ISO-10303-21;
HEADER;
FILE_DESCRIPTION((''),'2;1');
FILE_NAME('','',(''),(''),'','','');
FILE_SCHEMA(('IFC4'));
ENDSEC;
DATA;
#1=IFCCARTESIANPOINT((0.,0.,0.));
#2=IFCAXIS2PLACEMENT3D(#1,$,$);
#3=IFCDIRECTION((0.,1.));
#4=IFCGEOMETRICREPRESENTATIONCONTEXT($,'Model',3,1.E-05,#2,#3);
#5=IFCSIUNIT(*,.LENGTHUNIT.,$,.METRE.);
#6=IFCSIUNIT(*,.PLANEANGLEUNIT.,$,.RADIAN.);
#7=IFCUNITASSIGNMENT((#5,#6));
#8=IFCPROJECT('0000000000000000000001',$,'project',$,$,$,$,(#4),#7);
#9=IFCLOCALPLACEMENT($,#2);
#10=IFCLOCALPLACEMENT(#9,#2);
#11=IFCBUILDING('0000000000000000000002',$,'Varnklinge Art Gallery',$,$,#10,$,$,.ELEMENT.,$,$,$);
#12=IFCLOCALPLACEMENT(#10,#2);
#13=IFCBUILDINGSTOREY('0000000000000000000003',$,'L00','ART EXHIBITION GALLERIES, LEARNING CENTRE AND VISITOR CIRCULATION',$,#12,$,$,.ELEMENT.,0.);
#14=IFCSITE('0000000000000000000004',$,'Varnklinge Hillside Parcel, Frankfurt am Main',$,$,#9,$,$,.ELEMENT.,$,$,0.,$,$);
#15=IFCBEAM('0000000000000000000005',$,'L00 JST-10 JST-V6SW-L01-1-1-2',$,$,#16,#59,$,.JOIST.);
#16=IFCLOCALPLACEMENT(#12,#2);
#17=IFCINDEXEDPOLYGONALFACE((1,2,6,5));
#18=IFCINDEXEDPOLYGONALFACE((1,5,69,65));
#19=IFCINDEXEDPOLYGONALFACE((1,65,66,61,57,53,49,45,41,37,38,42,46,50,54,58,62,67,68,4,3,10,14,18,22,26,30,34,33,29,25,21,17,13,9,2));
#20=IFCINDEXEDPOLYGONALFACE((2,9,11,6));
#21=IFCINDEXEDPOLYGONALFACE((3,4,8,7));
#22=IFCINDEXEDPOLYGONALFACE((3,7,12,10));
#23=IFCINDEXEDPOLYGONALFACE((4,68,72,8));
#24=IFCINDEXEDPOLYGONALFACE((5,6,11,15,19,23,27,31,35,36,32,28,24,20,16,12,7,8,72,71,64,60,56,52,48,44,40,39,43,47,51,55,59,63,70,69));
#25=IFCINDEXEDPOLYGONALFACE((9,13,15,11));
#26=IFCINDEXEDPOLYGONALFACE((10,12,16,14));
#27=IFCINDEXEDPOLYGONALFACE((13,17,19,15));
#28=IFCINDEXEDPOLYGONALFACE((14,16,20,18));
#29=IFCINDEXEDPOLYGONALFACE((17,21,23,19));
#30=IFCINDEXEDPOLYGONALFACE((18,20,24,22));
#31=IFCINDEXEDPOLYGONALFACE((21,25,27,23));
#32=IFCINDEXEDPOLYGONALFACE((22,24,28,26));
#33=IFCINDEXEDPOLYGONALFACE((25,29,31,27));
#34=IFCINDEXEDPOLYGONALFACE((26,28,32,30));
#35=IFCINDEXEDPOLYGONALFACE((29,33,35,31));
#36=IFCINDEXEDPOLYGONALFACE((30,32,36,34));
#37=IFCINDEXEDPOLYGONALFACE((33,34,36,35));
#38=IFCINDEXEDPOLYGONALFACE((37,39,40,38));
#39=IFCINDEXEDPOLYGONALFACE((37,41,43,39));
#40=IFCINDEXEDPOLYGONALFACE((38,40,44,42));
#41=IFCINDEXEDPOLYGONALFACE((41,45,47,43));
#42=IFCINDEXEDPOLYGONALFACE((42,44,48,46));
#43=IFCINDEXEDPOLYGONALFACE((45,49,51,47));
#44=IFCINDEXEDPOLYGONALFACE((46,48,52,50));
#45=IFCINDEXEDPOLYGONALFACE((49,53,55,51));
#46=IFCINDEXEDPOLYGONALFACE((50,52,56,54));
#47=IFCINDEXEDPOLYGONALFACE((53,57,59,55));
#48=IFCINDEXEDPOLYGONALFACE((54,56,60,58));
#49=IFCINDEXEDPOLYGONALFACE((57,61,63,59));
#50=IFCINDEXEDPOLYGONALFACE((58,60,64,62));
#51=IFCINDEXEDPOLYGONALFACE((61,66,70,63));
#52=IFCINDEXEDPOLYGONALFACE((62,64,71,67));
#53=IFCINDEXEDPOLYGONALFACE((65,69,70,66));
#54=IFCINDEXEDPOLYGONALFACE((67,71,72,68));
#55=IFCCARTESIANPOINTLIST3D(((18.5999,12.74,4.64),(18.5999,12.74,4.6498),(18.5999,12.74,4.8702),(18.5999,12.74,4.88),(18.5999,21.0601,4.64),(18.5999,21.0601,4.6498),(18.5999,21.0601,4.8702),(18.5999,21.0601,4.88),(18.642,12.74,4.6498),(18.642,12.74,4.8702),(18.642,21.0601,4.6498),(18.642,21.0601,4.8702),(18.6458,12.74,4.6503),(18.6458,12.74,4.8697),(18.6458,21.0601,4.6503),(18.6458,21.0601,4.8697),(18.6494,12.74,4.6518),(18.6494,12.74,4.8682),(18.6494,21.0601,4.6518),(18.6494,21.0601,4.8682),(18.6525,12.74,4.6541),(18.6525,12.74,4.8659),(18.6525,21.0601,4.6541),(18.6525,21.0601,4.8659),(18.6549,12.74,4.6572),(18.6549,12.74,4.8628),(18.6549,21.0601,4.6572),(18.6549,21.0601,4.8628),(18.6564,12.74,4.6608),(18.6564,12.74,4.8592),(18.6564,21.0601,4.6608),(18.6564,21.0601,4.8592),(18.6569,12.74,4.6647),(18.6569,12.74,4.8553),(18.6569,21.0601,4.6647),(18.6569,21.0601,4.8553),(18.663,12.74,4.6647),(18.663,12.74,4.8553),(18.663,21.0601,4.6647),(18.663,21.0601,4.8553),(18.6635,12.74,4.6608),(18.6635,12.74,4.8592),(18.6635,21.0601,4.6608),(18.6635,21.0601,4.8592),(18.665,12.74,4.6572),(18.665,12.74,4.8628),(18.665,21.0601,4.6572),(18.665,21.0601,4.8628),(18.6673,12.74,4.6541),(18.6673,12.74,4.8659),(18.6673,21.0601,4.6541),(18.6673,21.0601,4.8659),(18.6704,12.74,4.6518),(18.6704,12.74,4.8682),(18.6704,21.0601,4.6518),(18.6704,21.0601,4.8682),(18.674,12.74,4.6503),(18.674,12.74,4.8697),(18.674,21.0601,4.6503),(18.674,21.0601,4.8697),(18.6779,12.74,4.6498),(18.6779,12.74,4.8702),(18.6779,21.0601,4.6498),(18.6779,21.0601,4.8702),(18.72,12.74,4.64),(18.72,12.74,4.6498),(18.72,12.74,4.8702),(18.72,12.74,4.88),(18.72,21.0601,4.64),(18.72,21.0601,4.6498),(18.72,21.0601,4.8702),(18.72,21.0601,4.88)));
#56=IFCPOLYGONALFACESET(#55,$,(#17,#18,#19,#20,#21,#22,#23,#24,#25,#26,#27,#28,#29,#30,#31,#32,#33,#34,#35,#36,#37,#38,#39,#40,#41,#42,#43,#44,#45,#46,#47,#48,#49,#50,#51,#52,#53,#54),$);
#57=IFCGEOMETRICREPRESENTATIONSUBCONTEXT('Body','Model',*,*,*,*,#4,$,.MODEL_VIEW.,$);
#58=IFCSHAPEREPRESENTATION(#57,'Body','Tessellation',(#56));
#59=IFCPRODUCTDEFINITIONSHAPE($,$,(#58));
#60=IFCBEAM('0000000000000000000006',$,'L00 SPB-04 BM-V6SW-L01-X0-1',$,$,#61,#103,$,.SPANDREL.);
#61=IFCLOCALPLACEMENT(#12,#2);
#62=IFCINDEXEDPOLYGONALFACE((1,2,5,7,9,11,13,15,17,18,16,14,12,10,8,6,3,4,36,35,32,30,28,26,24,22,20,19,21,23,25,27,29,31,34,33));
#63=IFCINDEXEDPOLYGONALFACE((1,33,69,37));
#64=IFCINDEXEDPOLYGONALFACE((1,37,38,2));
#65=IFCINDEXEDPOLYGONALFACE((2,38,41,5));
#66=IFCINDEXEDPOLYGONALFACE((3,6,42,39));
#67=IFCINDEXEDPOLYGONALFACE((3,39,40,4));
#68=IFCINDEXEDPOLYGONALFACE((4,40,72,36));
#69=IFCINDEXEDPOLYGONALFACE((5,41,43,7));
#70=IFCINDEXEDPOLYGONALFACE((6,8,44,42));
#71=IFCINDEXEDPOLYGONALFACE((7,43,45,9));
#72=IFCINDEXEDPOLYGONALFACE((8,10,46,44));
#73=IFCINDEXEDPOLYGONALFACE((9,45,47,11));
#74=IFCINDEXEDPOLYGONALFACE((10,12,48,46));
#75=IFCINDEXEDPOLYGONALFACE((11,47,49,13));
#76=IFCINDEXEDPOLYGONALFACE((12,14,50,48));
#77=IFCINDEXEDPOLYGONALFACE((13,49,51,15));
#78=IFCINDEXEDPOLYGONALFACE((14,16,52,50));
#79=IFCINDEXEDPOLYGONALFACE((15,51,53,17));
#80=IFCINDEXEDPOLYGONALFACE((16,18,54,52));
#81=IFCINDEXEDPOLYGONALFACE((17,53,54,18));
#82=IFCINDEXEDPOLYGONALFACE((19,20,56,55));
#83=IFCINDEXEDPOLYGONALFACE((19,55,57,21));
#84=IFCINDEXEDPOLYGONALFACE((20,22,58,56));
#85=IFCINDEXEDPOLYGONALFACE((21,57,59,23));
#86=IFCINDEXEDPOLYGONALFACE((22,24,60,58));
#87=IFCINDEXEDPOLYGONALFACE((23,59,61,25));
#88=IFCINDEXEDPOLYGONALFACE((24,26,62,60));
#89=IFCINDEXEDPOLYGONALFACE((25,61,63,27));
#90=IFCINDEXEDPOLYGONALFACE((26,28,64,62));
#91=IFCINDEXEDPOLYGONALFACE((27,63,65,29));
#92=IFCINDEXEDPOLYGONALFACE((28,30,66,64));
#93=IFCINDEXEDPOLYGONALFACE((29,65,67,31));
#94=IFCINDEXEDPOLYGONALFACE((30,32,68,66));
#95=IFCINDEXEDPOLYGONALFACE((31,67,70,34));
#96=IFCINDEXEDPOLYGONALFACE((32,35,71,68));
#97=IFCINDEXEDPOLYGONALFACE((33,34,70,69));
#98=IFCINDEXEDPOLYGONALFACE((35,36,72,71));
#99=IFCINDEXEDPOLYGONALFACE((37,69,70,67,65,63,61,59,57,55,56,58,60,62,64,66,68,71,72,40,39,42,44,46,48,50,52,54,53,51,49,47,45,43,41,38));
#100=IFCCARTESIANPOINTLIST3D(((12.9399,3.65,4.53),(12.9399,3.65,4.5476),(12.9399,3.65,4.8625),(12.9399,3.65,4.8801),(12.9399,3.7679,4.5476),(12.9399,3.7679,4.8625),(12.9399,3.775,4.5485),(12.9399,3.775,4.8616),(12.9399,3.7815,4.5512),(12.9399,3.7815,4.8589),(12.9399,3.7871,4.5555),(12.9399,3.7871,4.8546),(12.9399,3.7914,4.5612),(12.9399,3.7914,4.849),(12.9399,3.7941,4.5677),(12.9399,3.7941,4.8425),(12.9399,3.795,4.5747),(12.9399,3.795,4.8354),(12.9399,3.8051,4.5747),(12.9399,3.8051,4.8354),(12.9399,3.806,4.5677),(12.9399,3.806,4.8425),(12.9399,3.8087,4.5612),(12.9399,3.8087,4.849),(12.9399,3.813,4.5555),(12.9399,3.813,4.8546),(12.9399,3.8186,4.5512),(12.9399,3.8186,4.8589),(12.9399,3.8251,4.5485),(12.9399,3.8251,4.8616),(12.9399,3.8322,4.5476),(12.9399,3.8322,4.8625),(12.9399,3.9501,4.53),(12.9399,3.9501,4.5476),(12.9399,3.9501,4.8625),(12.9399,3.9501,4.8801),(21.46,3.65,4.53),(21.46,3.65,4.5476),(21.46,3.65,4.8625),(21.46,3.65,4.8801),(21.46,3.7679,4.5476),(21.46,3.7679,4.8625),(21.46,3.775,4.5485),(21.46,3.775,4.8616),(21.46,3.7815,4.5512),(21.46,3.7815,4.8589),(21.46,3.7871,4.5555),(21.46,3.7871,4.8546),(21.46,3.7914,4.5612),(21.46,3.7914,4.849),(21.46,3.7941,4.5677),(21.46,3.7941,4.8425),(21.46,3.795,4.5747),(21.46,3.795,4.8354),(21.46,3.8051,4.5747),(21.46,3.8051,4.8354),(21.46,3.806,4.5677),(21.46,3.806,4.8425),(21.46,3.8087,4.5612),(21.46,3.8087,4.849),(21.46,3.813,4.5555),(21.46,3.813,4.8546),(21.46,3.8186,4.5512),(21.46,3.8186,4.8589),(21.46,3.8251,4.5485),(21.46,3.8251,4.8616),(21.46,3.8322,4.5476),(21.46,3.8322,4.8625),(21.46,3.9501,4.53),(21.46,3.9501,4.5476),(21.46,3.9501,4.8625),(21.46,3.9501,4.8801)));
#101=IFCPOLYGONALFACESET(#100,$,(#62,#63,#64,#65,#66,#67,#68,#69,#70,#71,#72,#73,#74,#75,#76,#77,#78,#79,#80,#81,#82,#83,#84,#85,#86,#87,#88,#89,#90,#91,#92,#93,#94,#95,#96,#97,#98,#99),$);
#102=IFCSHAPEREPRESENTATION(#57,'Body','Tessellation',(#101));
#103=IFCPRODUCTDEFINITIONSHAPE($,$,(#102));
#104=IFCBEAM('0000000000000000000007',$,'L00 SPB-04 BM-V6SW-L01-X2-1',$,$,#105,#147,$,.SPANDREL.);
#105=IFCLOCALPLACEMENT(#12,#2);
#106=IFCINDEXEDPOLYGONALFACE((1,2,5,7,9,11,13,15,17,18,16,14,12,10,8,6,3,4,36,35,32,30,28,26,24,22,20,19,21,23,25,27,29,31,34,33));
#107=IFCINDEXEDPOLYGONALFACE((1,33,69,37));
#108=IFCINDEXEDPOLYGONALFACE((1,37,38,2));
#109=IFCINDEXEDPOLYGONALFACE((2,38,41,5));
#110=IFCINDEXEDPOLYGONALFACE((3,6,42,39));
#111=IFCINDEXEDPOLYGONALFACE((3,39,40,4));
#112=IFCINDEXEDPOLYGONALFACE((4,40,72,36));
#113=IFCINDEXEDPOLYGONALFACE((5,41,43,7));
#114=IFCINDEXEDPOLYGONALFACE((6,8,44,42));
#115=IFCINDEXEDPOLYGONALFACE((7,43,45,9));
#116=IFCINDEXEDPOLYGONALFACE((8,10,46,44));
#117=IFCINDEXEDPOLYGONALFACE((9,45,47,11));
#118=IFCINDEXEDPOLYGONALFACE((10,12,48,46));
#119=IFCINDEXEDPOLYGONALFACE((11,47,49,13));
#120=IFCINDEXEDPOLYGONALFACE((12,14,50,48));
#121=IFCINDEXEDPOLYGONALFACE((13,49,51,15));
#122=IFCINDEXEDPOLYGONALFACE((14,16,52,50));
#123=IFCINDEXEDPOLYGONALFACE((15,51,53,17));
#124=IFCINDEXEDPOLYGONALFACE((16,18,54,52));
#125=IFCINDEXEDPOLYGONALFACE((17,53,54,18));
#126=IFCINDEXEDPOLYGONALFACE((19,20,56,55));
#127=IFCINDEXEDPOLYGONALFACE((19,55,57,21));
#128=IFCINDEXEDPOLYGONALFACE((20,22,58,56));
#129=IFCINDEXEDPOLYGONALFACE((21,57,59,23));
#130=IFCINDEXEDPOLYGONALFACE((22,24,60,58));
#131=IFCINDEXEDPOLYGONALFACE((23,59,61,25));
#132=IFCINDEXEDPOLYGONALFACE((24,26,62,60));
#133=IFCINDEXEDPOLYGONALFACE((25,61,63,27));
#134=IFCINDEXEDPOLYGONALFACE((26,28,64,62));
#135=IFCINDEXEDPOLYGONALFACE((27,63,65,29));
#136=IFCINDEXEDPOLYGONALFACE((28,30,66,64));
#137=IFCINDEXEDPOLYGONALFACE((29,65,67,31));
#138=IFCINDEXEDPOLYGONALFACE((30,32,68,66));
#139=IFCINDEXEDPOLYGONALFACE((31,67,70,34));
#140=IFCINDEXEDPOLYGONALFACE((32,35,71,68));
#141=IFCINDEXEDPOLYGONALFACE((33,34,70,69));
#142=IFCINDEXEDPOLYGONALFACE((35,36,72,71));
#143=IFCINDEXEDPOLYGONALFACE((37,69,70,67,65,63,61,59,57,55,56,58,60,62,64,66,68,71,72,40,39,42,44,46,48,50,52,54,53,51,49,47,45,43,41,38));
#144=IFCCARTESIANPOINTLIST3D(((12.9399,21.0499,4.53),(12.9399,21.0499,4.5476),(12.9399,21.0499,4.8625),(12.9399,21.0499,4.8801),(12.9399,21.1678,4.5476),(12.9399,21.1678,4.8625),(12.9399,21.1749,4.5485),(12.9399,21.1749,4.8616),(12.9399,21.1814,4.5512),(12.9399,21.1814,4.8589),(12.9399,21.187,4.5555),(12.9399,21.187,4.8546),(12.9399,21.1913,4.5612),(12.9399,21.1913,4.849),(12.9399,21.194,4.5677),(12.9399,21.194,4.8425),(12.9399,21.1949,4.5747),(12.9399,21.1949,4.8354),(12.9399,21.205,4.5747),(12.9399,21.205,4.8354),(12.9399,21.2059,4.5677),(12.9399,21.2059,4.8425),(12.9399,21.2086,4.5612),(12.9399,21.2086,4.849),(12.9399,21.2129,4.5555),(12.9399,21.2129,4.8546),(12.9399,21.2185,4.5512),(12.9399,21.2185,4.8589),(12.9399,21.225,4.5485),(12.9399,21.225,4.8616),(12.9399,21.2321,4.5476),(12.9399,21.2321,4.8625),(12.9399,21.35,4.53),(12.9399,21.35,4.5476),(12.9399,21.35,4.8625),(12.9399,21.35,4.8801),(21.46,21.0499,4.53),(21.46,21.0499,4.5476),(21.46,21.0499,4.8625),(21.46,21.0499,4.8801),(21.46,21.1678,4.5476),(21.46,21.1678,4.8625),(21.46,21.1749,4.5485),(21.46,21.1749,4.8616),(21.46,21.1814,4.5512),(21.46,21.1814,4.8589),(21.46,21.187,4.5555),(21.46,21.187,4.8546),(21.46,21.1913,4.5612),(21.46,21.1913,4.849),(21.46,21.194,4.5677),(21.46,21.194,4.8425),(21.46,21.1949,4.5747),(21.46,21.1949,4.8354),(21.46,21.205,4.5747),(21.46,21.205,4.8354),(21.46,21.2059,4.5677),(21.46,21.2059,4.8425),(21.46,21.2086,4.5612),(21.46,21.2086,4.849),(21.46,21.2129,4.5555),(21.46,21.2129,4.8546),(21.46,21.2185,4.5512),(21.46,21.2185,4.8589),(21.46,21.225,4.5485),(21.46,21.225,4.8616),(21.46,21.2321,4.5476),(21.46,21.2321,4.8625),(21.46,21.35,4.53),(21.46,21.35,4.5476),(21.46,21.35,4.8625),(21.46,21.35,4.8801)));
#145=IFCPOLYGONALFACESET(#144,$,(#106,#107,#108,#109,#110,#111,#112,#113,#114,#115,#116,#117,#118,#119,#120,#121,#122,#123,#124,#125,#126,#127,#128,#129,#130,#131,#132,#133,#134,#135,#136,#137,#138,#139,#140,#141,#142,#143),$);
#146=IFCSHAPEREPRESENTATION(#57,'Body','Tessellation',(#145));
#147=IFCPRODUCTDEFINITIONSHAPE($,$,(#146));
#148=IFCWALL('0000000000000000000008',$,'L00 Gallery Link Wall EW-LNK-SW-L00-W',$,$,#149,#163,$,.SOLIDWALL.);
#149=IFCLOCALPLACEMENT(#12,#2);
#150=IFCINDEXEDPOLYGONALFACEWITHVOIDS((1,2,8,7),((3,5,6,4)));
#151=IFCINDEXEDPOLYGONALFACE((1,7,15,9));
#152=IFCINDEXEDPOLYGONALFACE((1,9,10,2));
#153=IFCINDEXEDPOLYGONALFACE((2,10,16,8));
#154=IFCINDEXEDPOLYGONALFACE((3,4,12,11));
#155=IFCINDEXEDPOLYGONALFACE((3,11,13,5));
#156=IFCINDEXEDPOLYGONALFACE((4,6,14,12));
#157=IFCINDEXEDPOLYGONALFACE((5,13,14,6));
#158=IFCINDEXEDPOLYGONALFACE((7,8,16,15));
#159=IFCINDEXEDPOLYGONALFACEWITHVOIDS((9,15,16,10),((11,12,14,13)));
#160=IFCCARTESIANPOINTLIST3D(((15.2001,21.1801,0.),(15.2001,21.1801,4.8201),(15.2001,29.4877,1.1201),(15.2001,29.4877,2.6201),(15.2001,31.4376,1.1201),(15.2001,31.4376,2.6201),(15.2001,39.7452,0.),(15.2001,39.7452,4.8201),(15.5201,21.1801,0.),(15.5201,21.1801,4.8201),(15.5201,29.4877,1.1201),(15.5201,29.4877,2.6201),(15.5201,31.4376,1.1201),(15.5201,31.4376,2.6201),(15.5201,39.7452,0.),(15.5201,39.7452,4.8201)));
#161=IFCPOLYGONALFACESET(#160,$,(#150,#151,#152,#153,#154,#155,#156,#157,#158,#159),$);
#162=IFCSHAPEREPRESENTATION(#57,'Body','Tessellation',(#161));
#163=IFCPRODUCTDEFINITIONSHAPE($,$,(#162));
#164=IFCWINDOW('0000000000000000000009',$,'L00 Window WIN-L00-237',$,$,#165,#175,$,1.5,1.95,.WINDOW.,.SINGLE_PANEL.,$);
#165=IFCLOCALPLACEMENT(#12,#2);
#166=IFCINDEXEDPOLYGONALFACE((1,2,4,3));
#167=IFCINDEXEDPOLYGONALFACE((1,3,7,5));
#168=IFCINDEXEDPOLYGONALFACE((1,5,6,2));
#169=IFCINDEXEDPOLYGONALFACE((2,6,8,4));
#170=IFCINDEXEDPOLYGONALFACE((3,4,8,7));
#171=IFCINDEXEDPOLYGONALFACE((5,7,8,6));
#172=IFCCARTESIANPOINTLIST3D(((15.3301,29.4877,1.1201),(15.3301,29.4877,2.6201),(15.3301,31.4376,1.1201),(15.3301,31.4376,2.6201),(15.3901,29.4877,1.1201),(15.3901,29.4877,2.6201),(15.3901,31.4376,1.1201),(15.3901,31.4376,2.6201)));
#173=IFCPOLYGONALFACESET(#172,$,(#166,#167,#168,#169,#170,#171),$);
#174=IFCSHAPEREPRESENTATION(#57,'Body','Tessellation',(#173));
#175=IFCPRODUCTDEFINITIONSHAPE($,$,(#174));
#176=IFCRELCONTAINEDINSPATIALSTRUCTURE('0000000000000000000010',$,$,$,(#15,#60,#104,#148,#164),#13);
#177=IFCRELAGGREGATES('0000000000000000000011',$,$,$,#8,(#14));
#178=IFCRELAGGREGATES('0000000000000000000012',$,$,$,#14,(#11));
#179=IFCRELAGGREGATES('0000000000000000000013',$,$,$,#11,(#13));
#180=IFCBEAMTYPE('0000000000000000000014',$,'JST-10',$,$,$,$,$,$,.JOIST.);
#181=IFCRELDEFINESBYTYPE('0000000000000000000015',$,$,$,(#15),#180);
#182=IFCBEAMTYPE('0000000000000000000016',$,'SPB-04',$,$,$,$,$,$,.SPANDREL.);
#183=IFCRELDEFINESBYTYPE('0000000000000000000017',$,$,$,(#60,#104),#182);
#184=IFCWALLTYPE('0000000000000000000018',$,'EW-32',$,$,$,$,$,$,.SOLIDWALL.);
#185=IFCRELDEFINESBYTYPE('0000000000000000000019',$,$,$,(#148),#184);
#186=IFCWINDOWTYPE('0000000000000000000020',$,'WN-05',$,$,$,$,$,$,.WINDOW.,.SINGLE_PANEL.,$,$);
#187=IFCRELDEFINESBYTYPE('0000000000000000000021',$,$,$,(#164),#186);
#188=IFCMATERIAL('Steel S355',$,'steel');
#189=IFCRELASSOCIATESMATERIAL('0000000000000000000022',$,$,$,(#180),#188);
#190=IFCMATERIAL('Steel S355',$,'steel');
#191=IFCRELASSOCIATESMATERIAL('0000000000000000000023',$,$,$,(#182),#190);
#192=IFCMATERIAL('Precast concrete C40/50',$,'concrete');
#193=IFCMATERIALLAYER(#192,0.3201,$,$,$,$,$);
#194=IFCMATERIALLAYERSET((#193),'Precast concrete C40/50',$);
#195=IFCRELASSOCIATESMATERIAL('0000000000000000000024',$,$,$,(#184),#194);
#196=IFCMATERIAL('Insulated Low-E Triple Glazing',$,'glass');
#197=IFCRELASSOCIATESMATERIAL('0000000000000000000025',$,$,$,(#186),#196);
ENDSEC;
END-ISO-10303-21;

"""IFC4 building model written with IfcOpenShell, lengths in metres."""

from ifc_helpers import new_model, si_unit, direction, frame, frame_2d, origin, origin_2d, place, context, subcontext, project, spatial, rectangle, i_section, extrude, material, layer, layer_set, material_profile, profile_set, type_object, element, fill, save


model = new_model("IFC4")

# Units and contexts
model_context = context("Model", 3, precision=1e-05, world=origin(), true_north=direction((0.0, 1.0)))
body_context = subcontext(model_context, "Body", "Model", "MODEL_VIEW")
ifc_project = project(units=[si_unit("LENGTHUNIT", "METRE"), si_unit("PLANEANGLEUNIT", "RADIAN")], contexts=[model_context])

# Site, building, storey
site_placement = place(None, origin())
site = spatial("IfcSite", under=ifc_project, at=site_placement, Name="Varnklinge Hillside Parcel, Frankfurt am Main", CompositionType="ELEMENT", RefElevation=0.0)
building_placement = place(site_placement, origin())
building = spatial("IfcBuilding", under=site, at=building_placement, Name="Varnklinge Art Gallery", CompositionType="ELEMENT")
storey_placement = place(building_placement, origin())
storey = spatial("IfcBuildingStorey", under=building, at=storey_placement, Name="L00", Description="ART EXHIBITION GALLERIES, LEARNING CENTRE AND VISITOR CIRCULATION", CompositionType="ELEMENT", Elevation=0.0)

# Beams
ifc_material_1 = material(Name="Steel S355", Category="steel")
ifc_material_profile_1 = material_profile(ifc_material_1, i_section(OverallWidth=0.1201, OverallDepth=0.24, WebThickness=0.0061, FlangeThickness=0.0098, FilletRadius=0.0149, at=origin_2d()), Name="IPE 240")
ifc_profile_set_1 = profile_set([ifc_material_profile_1], Name="Steel S355")
beam_type_1 = type_object("IfcBeamType", Name="JST-10", PredefinedType="JOIST", material=ifc_profile_set_1)
for number, where, z_axis, x_axis, name in (
    (1, (18.6599, 12.74, 4.76), (0.0, 1.0, 0.0), (-1.0, 0.0, 0.0), "L00 JST-10 JST-V6SW-L01-1-1-2"),
):
    element("IfcBeam", number, at=place(storey_placement, frame(where, z_axis=z_axis, x_axis=x_axis)), inside=storey, type_object=beam_type_1, Name=name, PredefinedType="JOIST", context=body_context, shape_type="SweptSolid", body=[
        extrude(i_section(OverallWidth=0.1201, OverallDepth=0.24, WebThickness=0.0061, FlangeThickness=0.0098, FilletRadius=0.0149, at=origin_2d()), origin(), (0.0, 0.0, 1.0), 8.3201),
    ])
ifc_material_2 = material(Name="Steel S355", Category="steel")
ifc_material_profile_2 = material_profile(ifc_material_2, i_section(OverallWidth=0.3, OverallDepth=0.3501, WebThickness=0.01, FlangeThickness=0.0176, FilletRadius=0.0271, at=origin_2d()), Name="HEA 360")
ifc_profile_set_2 = profile_set([ifc_material_profile_2], Name="Steel S355")
beam_type_2 = type_object("IfcBeamType", Name="SPB-04", PredefinedType="SPANDREL", material=ifc_profile_set_2)
for number, where, z_axis, x_axis, name in (
    (2, (12.9399, 3.8, 4.7051), (1.0, 0.0, 0.0), (0.0, 1.0, 0.0), "L00 SPB-04 BM-V6SW-L01-X0-1"),
    (3, (12.9399, 21.2, 4.7051), (1.0, 0.0, 0.0), (0.0, 1.0, 0.0), "L00 SPB-04 BM-V6SW-L01-X2-1"),
):
    element("IfcBeam", number, at=place(storey_placement, frame(where, z_axis=z_axis, x_axis=x_axis)), inside=storey, type_object=beam_type_2, Name=name, PredefinedType="SPANDREL", context=body_context, shape_type="SweptSolid", body=[
        extrude(i_section(OverallWidth=0.3, OverallDepth=0.3501, WebThickness=0.01, FlangeThickness=0.0176, FilletRadius=0.0271, at=origin_2d()), origin(), (0.0, 0.0, 1.0), 8.52),
    ])

# Wall, opening, window
ifc_material_3 = material(Name="Precast concrete C40/50", Category="concrete")
ifc_layer_1 = layer(ifc_material_3, 0.3201)
ifc_layer_set_1 = layer_set([ifc_layer_1], Name="Precast concrete C40/50")
wall_type_1 = type_object("IfcWallType", Name="EW-32", PredefinedType="SOLIDWALL", material=ifc_layer_set_1)
wall_1_placement = place(storey_placement, frame((15.3601, 21.1799, 0.0), z_axis=(0.0, 0.0, 1.0), x_axis=(0.0, 1.0, 0.0)))
wall_1 = element("IfcWall", 4, at=wall_1_placement, inside=storey, type_object=wall_type_1, Name="L00 Gallery Link Wall EW-LNK-SW-L00-W", PredefinedType="SOLIDWALL", context=body_context, shape_type="SweptSolid", body=[
    extrude(rectangle(XDim=18.5652, YDim=0.3201, at=frame_2d((9.2827, 0.0))), origin(), (0.0, 0.0, 1.0), 4.8201),
])
opening_1_placement = place(wall_1_placement, frame((8.3076, 0.0, 1.1201)))
opening_1 = element("IfcOpeningElement", 5, at=opening_1_placement, cuts=wall_1, PredefinedType="OPENING", context=body_context, shape_type="SweptSolid", body=[
    extrude(rectangle(XDim=1.95, YDim=1.5, at=frame_2d((0.9751, 0.75))), frame((0.0, 0.1702, 0.0), z_axis=(0.0, -1.0, 0.0), x_axis=(1.0, 0.0, 0.0)), (0.0, 0.0, 1.0), 0.3401),
])
ifc_material_4 = material(Name="Insulated Low-E Triple Glazing", Category="glass")
window_type = type_object("IfcWindowType", Name="WN-05", PartitioningType="SINGLE_PANEL", PredefinedType="WINDOW", material=ifc_material_4)
window_placement = place(opening_1_placement, origin())
window = element("IfcWindow", 6, at=window_placement, inside=storey, type_object=window_type, Name="L00 Window WIN-L00-237", OverallHeight=1.5, OverallWidth=1.95, PartitioningType="SINGLE_PANEL", PredefinedType="WINDOW", context=body_context, shape_type="SweptSolid", body=[
    extrude(rectangle(XDim=1.95, YDim=1.5, at=frame_2d((0.9751, 0.75))), frame((0.0, 0.03, 0.0), z_axis=(0.0, -1.0, 0.0), x_axis=(1.0, 0.0, 0.0)), (0.0, 0.0, 1.0), 0.0601),
])
fill(opening_1, window)

save(model, "model.ifc")
